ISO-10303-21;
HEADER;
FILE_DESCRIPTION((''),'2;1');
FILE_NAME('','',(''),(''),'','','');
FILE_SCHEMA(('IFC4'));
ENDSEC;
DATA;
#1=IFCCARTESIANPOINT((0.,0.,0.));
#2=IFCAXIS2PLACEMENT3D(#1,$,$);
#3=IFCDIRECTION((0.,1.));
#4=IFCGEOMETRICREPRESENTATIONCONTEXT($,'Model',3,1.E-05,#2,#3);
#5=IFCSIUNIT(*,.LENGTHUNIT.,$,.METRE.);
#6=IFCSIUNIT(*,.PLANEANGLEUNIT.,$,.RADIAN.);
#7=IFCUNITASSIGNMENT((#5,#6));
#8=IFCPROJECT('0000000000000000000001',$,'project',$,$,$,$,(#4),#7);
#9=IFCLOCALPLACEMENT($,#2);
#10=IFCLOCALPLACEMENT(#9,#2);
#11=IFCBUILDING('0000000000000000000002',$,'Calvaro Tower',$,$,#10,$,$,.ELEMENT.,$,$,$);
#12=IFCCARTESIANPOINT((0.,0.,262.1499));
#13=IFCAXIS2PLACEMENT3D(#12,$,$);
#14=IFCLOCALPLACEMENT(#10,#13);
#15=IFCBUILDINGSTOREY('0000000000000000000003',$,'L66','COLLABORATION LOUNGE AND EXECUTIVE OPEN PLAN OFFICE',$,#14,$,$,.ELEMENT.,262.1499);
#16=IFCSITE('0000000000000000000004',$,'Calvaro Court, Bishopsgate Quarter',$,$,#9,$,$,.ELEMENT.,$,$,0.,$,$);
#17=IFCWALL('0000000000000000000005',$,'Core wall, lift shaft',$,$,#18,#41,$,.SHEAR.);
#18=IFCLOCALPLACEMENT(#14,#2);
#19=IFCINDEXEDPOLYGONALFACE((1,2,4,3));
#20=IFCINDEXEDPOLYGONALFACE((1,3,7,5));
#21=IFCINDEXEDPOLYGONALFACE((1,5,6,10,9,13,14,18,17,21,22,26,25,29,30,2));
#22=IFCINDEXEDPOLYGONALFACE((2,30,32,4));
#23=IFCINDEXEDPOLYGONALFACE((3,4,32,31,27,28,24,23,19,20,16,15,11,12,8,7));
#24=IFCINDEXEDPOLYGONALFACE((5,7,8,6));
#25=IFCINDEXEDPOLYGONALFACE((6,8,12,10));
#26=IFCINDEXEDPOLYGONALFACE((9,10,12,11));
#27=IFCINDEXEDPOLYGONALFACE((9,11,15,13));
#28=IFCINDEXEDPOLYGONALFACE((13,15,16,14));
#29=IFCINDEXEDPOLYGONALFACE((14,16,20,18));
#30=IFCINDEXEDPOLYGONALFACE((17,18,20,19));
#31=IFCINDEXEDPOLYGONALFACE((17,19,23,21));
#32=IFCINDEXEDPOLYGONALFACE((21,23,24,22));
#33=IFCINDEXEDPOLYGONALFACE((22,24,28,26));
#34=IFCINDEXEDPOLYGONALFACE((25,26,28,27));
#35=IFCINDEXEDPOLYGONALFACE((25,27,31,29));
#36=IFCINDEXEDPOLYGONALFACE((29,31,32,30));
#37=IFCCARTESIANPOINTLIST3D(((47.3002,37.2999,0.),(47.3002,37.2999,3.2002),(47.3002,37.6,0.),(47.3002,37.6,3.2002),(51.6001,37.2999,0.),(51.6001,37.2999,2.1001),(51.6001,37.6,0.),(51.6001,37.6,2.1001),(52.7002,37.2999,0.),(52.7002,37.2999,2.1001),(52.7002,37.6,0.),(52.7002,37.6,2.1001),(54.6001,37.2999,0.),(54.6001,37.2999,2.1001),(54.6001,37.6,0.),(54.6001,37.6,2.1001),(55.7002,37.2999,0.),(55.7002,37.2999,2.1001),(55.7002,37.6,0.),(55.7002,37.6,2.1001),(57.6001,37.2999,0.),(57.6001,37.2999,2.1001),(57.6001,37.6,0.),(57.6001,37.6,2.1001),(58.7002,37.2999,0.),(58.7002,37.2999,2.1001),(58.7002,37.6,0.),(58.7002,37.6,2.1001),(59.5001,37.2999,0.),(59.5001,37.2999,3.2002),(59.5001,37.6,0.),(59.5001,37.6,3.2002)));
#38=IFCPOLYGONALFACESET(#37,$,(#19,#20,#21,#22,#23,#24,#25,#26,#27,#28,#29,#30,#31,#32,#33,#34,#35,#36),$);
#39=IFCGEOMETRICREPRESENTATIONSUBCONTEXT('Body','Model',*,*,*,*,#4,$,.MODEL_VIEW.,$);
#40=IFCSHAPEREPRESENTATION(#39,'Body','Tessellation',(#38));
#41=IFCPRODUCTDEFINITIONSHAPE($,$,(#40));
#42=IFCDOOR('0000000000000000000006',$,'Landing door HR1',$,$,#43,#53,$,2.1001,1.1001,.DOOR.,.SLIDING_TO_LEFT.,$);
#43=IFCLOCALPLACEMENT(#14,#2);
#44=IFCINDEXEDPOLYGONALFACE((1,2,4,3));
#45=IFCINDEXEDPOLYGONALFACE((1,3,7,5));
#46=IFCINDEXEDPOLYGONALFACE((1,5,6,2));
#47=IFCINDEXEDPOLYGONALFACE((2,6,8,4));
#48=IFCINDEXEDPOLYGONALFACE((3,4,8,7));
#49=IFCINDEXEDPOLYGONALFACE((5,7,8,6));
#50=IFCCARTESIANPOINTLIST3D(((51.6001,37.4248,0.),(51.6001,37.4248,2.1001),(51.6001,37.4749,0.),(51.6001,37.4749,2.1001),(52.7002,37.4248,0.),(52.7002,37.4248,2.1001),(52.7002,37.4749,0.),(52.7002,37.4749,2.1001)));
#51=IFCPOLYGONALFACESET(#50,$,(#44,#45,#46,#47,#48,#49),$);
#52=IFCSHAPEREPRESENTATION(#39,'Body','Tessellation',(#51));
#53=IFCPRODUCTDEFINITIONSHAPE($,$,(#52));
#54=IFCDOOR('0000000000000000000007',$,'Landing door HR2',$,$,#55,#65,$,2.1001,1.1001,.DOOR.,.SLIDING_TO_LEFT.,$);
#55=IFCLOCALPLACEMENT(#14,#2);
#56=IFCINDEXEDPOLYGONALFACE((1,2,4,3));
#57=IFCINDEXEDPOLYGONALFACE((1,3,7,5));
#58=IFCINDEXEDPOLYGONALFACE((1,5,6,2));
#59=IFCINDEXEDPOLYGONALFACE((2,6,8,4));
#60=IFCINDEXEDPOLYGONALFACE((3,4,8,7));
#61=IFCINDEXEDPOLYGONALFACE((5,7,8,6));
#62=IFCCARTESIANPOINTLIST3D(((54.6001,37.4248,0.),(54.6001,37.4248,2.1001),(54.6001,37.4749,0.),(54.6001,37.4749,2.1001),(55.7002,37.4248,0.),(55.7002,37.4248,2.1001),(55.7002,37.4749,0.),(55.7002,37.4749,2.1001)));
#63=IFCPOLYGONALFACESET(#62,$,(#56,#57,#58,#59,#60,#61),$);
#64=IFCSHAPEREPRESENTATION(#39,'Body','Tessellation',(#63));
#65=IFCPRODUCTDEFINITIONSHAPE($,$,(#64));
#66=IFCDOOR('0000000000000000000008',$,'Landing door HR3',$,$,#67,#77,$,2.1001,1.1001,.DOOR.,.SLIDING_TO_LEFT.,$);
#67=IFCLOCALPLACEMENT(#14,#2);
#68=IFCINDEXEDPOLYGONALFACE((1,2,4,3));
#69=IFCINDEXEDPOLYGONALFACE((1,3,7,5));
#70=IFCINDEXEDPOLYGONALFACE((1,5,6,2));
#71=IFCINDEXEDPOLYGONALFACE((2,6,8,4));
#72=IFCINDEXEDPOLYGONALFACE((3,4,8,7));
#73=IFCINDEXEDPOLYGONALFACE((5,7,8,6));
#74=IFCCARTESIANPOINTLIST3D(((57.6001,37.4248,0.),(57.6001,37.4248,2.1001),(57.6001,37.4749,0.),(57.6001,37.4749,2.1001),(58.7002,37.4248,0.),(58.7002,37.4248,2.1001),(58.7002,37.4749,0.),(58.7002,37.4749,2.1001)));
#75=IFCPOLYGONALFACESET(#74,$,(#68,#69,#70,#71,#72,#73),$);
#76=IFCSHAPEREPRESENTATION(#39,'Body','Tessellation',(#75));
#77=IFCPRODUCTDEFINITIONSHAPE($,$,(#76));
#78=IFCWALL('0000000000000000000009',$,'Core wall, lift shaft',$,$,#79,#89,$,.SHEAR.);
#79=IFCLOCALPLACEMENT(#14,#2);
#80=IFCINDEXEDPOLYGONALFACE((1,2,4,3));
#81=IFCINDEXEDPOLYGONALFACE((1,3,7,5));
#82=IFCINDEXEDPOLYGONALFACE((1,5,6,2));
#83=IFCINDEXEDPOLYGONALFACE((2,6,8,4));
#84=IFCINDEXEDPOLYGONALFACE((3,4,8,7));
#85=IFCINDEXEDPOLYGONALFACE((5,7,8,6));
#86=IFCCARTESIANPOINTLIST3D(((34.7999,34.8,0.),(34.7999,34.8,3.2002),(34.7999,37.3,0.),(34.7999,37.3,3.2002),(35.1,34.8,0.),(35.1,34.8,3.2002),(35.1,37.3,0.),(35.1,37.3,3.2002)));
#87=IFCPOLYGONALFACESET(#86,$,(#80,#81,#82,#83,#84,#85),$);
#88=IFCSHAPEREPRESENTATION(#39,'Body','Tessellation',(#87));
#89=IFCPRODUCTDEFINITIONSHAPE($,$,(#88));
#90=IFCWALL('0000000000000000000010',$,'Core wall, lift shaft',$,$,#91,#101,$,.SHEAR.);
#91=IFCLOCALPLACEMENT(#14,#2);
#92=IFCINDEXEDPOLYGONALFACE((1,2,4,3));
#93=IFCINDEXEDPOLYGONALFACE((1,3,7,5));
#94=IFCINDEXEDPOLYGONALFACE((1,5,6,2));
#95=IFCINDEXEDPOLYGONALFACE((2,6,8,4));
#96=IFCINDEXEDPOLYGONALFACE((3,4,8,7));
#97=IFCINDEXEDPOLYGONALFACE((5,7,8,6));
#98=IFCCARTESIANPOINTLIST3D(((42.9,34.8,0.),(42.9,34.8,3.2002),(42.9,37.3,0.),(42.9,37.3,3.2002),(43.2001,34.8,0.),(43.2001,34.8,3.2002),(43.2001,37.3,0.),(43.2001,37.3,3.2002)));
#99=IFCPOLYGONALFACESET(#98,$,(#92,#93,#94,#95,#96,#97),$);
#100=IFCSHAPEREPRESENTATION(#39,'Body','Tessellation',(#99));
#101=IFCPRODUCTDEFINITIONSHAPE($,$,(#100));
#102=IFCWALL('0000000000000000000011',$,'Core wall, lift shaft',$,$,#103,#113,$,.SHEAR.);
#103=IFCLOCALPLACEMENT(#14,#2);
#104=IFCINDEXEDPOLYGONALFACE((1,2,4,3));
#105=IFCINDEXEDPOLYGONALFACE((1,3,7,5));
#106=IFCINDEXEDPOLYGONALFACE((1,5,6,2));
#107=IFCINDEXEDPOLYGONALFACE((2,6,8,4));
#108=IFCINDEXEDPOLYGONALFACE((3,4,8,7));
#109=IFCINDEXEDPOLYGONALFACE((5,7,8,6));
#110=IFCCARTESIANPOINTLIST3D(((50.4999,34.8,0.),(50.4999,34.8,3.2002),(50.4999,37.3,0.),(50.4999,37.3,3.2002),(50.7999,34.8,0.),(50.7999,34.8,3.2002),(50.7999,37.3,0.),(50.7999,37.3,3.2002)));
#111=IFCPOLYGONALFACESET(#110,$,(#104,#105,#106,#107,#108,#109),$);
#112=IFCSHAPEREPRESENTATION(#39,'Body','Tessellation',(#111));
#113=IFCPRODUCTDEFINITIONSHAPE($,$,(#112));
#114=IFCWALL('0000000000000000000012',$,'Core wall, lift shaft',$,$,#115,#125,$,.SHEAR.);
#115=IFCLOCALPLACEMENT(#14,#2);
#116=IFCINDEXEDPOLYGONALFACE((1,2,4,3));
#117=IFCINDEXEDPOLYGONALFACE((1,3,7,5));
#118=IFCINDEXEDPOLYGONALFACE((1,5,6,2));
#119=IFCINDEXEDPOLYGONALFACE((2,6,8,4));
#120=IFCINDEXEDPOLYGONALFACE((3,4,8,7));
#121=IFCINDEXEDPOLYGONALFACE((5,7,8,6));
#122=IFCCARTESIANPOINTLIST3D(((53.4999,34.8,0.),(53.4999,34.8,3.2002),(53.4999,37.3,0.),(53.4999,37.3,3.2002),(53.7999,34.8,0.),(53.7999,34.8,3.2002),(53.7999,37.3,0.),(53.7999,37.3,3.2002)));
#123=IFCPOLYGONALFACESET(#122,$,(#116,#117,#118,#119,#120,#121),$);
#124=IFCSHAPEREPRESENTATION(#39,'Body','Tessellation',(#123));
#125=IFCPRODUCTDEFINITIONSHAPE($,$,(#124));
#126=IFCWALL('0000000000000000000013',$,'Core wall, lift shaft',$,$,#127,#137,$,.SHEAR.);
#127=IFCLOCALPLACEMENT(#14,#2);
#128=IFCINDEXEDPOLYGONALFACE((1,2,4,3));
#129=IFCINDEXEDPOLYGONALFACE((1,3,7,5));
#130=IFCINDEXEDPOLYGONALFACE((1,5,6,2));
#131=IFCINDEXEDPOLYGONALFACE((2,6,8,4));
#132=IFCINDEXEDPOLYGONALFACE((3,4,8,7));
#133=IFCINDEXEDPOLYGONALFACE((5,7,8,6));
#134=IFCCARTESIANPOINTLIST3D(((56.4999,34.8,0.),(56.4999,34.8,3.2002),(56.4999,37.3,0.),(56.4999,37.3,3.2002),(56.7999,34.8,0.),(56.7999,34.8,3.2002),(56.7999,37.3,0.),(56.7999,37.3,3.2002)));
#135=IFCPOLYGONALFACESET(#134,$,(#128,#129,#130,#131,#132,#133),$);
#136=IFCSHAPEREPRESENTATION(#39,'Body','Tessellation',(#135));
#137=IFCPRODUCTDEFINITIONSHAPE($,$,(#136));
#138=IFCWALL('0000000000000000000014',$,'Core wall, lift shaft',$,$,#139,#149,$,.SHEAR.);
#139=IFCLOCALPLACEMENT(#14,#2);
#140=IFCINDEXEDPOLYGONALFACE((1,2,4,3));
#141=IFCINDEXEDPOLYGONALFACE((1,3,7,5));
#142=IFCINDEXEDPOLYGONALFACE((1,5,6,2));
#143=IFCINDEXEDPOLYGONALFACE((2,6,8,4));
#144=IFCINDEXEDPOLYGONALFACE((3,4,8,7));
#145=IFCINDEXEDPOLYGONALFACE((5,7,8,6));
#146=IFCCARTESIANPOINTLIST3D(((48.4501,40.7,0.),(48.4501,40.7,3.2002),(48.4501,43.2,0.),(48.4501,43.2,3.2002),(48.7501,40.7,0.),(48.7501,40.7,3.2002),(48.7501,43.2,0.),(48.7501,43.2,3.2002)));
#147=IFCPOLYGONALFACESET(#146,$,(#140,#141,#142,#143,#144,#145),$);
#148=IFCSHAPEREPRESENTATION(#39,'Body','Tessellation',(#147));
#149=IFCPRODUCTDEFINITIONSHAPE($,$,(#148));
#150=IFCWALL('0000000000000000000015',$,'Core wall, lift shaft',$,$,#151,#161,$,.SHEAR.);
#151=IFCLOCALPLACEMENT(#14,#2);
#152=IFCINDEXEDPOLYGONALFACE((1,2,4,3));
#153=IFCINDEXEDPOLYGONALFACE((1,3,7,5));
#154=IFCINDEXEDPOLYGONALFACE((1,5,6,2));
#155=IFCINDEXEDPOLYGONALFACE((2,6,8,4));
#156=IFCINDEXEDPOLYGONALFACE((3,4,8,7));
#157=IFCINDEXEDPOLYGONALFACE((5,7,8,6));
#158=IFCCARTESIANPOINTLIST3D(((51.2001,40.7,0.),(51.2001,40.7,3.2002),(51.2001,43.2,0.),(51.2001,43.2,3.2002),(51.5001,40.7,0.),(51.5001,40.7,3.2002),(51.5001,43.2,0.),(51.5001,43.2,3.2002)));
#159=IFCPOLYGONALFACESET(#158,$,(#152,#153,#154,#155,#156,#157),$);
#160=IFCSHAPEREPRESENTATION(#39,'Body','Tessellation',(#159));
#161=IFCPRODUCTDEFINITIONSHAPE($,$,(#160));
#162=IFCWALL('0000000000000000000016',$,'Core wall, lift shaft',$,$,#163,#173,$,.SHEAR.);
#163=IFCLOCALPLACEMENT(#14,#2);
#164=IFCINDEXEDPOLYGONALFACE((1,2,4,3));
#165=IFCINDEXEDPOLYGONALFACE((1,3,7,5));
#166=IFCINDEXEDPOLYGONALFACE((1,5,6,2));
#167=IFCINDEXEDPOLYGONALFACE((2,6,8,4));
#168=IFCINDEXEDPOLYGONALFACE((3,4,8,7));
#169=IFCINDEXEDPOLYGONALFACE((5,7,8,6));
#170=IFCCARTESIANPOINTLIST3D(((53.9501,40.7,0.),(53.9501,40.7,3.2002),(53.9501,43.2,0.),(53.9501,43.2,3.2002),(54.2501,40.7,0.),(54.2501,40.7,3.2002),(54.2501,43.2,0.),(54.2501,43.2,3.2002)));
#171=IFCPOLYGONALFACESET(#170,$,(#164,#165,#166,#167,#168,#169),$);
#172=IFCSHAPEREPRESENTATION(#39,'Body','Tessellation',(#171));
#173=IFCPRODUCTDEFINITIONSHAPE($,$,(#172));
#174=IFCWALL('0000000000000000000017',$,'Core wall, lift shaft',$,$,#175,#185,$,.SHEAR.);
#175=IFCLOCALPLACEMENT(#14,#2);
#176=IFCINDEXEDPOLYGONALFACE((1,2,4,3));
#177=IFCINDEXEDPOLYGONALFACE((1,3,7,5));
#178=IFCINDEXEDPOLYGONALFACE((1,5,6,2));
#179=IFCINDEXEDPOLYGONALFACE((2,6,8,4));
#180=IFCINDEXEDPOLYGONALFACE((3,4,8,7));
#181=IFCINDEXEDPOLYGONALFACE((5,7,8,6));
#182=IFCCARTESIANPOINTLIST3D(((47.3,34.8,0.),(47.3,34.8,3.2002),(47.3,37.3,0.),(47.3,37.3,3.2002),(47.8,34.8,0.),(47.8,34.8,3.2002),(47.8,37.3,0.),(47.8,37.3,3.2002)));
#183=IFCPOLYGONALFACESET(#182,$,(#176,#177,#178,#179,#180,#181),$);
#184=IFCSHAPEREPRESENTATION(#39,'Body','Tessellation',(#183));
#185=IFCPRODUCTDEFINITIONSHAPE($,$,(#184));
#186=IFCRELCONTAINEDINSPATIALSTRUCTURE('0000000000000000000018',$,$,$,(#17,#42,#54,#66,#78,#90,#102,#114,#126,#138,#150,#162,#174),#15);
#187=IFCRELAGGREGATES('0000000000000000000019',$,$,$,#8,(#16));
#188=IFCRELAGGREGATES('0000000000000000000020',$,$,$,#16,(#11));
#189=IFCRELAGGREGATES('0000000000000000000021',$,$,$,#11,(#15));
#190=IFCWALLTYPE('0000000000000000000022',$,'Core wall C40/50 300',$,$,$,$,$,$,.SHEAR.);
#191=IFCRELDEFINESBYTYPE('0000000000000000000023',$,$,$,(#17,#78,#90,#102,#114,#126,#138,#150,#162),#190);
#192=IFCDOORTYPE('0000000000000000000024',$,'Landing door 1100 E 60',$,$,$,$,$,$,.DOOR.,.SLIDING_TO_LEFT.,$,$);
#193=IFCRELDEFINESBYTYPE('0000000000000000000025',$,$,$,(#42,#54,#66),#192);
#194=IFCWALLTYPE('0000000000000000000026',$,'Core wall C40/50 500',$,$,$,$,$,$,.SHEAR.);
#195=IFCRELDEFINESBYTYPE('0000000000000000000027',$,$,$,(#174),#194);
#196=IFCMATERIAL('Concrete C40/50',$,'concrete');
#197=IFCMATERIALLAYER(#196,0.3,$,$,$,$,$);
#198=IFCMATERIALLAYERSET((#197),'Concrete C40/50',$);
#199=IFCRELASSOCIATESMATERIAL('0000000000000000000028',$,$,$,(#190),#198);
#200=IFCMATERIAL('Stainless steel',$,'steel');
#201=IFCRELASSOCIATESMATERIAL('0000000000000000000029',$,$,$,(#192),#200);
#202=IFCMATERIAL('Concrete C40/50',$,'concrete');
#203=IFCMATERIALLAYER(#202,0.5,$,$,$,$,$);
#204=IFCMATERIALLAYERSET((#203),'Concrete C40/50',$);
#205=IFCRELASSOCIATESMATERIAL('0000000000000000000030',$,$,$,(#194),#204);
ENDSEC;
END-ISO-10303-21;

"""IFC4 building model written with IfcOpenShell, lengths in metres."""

from ifc_helpers import new_model, si_unit, direction, frame, frame_2d, origin, place, context, subcontext, project, spatial, rectangle, extrude, material, layer, layer_set, type_object, element, fill, save


model = new_model("IFC4")

# Units and contexts
model_context = context("Model", 3, precision=1e-05, world=origin(), true_north=direction((0.0, 1.0)))
body_context = subcontext(model_context, "Body", "Model", "MODEL_VIEW")
ifc_project = project(units=[si_unit("LENGTHUNIT", "METRE"), si_unit("PLANEANGLEUNIT", "RADIAN")], contexts=[model_context])

# Site, building, storey
site_placement = place(None, origin())
site = spatial("IfcSite", under=ifc_project, at=site_placement, Name="Calvaro Court, Bishopsgate Quarter", CompositionType="ELEMENT", RefElevation=0.0)
building_placement = place(site_placement, origin())
building = spatial("IfcBuilding", under=site, at=building_placement, Name="Calvaro Tower", CompositionType="ELEMENT")
storey_placement = place(building_placement, frame((0.0, 0.0, 262.1499)))
storey = spatial("IfcBuildingStorey", under=building, at=storey_placement, Name="L66", Description="COLLABORATION LOUNGE AND EXECUTIVE OPEN PLAN OFFICE", CompositionType="ELEMENT", Elevation=262.1499)

# Shared definitions
ifc_material_1 = material(Name="Concrete C40/50", Category="concrete")
ifc_layer_1 = layer(ifc_material_1, 0.3)
ifc_layer_set_1 = layer_set([ifc_layer_1], Name="Concrete C40/50")
wall_type_1 = type_object("IfcWallType", Name="Core wall C40/50 300", PredefinedType="SHEAR", material=ifc_layer_set_1)

# Shared definitions
ifc_material_2 = material(Name="Stainless steel", Category="steel")
door_type_1 = type_object("IfcDoorType", Name="Landing door 1100 E 60", OperationType="SLIDING_TO_LEFT", PredefinedType="DOOR", material=ifc_material_2)

# Wall, openings, doors
wall_1_placement = place(storey_placement, frame((47.3, 37.45, 0.0), z_axis=(0.0, 0.0, 1.0), x_axis=(1.0, 0.0, 0.0)))
wall_1 = element("IfcWall", 1, at=wall_1_placement, inside=storey, type_object=wall_type_1, Name="Core wall, lift shaft", PredefinedType="SHEAR", context=body_context, shape_type="SweptSolid", body=[
    extrude(rectangle(XDim=12.2, YDim=0.3, at=frame_2d((6.1001, 0.0))), origin(), (0.0, 0.0, 1.0), 3.2002),
])
opening_1_placement = place(wall_1_placement, frame((4.3, 0.0, 0.0)))
opening_1 = element("IfcOpeningElement", 2, at=opening_1_placement, cuts=wall_1, PredefinedType="OPENING", context=body_context, shape_type="SweptSolid", body=[
    extrude(rectangle(XDim=1.1001, YDim=2.1001, at=frame_2d((0.55, 1.05))), frame((0.0, 0.1599, 0.0), z_axis=(0.0, -1.0, 0.0), x_axis=(1.0, 0.0, 0.0)), (0.0, 0.0, 1.0), 0.3201),
])
opening_2_placement = place(wall_1_placement, frame((7.3, 0.0, 0.0)))
opening_2 = element("IfcOpeningElement", 3, at=opening_2_placement, cuts=wall_1, PredefinedType="OPENING", context=body_context, shape_type="SweptSolid", body=[
    extrude(rectangle(XDim=1.1001, YDim=2.1001, at=frame_2d((0.55, 1.05))), frame((0.0, 0.1599, 0.0), z_axis=(0.0, -1.0, 0.0), x_axis=(1.0, 0.0, 0.0)), (0.0, 0.0, 1.0), 0.3201),
])
opening_3_placement = place(wall_1_placement, frame((10.3, 0.0, 0.0)))
opening_3 = element("IfcOpeningElement", 4, at=opening_3_placement, cuts=wall_1, PredefinedType="OPENING", context=body_context, shape_type="SweptSolid", body=[
    extrude(rectangle(XDim=1.1001, YDim=2.1001, at=frame_2d((0.55, 1.05))), frame((0.0, 0.1599, 0.0), z_axis=(0.0, -1.0, 0.0), x_axis=(1.0, 0.0, 0.0)), (0.0, 0.0, 1.0), 0.3201),
])
door_1_placement = place(opening_1_placement, origin())
door_1 = element("IfcDoor", 5, at=door_1_placement, inside=storey, type_object=door_type_1, Name="Landing door HR1", OperationType="SLIDING_TO_LEFT", OverallHeight=2.1001, OverallWidth=1.1001, PredefinedType="DOOR", context=body_context, shape_type="SweptSolid", body=[
    extrude(rectangle(XDim=1.1001, YDim=2.1001, at=frame_2d((0.55, 1.05))), frame((0.0, 0.0249, 0.0), z_axis=(0.0, -1.0, 0.0), x_axis=(1.0, 0.0, 0.0)), (0.0, 0.0, 1.0), 0.05),
])
fill(opening_1, door_1)
door_2_placement = place(opening_2_placement, origin())
door_2 = element("IfcDoor", 6, at=door_2_placement, inside=storey, type_object=door_type_1, Name="Landing door HR2", OperationType="SLIDING_TO_LEFT", OverallHeight=2.1001, OverallWidth=1.1001, PredefinedType="DOOR", context=body_context, shape_type="SweptSolid", body=[
    extrude(rectangle(XDim=1.1001, YDim=2.1001, at=frame_2d((0.55, 1.05))), frame((0.0, 0.0249, 0.0), z_axis=(0.0, -1.0, 0.0), x_axis=(1.0, 0.0, 0.0)), (0.0, 0.0, 1.0), 0.05),
])
fill(opening_2, door_2)
door_3_placement = place(opening_3_placement, origin())
door_3 = element("IfcDoor", 7, at=door_3_placement, inside=storey, type_object=door_type_1, Name="Landing door HR3", OperationType="SLIDING_TO_LEFT", OverallHeight=2.1001, OverallWidth=1.1001, PredefinedType="DOOR", context=body_context, shape_type="SweptSolid", body=[
    extrude(rectangle(XDim=1.1001, YDim=2.1001, at=frame_2d((0.55, 1.05))), frame((0.0, 0.0249, 0.0), z_axis=(0.0, -1.0, 0.0), x_axis=(1.0, 0.0, 0.0)), (0.0, 0.0, 1.0), 0.05),
])
fill(opening_3, door_3)

# Walls
for number, where, z_axis, x_axis, name in (
    (8, (34.95, 34.8, 0.0), (0.0, 0.0, 1.0), (0.0, 1.0, 0.0), "Core wall, lift shaft"),
    (9, (43.05, 34.8, 0.0), (0.0, 0.0, 1.0), (0.0, 1.0, 0.0), "Core wall, lift shaft"),
    (10, (50.6499, 34.8, 0.0), (0.0, 0.0, 1.0), (0.0, 1.0, 0.0), "Core wall, lift shaft"),
    (11, (53.6499, 34.8, 0.0), (0.0, 0.0, 1.0), (0.0, 1.0, 0.0), "Core wall, lift shaft"),
    (12, (56.6499, 34.8, 0.0), (0.0, 0.0, 1.0), (0.0, 1.0, 0.0), "Core wall, lift shaft"),
    (13, (48.6001, 40.7, 0.0), (0.0, 0.0, 1.0), (0.0, 1.0, 0.0), "Core wall, lift shaft"),
    (14, (51.3501, 40.7, 0.0), (0.0, 0.0, 1.0), (0.0, 1.0, 0.0), "Core wall, lift shaft"),
    (15, (54.1001, 40.7, 0.0), (0.0, 0.0, 1.0), (0.0, 1.0, 0.0), "Core wall, lift shaft"),
):
    element("IfcWall", number, at=place(storey_placement, frame(where, z_axis=z_axis, x_axis=x_axis)), inside=storey, type_object=wall_type_1, Name=name, PredefinedType="SHEAR", context=body_context, shape_type="SweptSolid", body=[
        extrude(rectangle(XDim=2.5, YDim=0.3, at=frame_2d((1.25, 0.0))), origin(), (0.0, 0.0, 1.0), 3.2002),
    ])
ifc_material_3 = material(Name="Concrete C40/50", Category="concrete")
ifc_layer_2 = layer(ifc_material_3, 0.5)
ifc_layer_set_2 = layer_set([ifc_layer_2], Name="Concrete C40/50")
wall_type_2 = type_object("IfcWallType", Name="Core wall C40/50 500", PredefinedType="SHEAR", material=ifc_layer_set_2)
wall_2_placement = place(storey_placement, frame((47.55, 34.8, 0.0), z_axis=(0.0, 0.0, 1.0), x_axis=(0.0, 1.0, 0.0)))
element("IfcWall", 16, at=wall_2_placement, inside=storey, type_object=wall_type_2, Name="Core wall, lift shaft", PredefinedType="SHEAR", context=body_context, shape_type="SweptSolid", body=[
    extrude(rectangle(XDim=2.5, YDim=0.5, at=frame_2d((1.25, 0.0))), origin(), (0.0, 0.0, 1.0), 3.2002),
])

save(model, "model.ifc")
